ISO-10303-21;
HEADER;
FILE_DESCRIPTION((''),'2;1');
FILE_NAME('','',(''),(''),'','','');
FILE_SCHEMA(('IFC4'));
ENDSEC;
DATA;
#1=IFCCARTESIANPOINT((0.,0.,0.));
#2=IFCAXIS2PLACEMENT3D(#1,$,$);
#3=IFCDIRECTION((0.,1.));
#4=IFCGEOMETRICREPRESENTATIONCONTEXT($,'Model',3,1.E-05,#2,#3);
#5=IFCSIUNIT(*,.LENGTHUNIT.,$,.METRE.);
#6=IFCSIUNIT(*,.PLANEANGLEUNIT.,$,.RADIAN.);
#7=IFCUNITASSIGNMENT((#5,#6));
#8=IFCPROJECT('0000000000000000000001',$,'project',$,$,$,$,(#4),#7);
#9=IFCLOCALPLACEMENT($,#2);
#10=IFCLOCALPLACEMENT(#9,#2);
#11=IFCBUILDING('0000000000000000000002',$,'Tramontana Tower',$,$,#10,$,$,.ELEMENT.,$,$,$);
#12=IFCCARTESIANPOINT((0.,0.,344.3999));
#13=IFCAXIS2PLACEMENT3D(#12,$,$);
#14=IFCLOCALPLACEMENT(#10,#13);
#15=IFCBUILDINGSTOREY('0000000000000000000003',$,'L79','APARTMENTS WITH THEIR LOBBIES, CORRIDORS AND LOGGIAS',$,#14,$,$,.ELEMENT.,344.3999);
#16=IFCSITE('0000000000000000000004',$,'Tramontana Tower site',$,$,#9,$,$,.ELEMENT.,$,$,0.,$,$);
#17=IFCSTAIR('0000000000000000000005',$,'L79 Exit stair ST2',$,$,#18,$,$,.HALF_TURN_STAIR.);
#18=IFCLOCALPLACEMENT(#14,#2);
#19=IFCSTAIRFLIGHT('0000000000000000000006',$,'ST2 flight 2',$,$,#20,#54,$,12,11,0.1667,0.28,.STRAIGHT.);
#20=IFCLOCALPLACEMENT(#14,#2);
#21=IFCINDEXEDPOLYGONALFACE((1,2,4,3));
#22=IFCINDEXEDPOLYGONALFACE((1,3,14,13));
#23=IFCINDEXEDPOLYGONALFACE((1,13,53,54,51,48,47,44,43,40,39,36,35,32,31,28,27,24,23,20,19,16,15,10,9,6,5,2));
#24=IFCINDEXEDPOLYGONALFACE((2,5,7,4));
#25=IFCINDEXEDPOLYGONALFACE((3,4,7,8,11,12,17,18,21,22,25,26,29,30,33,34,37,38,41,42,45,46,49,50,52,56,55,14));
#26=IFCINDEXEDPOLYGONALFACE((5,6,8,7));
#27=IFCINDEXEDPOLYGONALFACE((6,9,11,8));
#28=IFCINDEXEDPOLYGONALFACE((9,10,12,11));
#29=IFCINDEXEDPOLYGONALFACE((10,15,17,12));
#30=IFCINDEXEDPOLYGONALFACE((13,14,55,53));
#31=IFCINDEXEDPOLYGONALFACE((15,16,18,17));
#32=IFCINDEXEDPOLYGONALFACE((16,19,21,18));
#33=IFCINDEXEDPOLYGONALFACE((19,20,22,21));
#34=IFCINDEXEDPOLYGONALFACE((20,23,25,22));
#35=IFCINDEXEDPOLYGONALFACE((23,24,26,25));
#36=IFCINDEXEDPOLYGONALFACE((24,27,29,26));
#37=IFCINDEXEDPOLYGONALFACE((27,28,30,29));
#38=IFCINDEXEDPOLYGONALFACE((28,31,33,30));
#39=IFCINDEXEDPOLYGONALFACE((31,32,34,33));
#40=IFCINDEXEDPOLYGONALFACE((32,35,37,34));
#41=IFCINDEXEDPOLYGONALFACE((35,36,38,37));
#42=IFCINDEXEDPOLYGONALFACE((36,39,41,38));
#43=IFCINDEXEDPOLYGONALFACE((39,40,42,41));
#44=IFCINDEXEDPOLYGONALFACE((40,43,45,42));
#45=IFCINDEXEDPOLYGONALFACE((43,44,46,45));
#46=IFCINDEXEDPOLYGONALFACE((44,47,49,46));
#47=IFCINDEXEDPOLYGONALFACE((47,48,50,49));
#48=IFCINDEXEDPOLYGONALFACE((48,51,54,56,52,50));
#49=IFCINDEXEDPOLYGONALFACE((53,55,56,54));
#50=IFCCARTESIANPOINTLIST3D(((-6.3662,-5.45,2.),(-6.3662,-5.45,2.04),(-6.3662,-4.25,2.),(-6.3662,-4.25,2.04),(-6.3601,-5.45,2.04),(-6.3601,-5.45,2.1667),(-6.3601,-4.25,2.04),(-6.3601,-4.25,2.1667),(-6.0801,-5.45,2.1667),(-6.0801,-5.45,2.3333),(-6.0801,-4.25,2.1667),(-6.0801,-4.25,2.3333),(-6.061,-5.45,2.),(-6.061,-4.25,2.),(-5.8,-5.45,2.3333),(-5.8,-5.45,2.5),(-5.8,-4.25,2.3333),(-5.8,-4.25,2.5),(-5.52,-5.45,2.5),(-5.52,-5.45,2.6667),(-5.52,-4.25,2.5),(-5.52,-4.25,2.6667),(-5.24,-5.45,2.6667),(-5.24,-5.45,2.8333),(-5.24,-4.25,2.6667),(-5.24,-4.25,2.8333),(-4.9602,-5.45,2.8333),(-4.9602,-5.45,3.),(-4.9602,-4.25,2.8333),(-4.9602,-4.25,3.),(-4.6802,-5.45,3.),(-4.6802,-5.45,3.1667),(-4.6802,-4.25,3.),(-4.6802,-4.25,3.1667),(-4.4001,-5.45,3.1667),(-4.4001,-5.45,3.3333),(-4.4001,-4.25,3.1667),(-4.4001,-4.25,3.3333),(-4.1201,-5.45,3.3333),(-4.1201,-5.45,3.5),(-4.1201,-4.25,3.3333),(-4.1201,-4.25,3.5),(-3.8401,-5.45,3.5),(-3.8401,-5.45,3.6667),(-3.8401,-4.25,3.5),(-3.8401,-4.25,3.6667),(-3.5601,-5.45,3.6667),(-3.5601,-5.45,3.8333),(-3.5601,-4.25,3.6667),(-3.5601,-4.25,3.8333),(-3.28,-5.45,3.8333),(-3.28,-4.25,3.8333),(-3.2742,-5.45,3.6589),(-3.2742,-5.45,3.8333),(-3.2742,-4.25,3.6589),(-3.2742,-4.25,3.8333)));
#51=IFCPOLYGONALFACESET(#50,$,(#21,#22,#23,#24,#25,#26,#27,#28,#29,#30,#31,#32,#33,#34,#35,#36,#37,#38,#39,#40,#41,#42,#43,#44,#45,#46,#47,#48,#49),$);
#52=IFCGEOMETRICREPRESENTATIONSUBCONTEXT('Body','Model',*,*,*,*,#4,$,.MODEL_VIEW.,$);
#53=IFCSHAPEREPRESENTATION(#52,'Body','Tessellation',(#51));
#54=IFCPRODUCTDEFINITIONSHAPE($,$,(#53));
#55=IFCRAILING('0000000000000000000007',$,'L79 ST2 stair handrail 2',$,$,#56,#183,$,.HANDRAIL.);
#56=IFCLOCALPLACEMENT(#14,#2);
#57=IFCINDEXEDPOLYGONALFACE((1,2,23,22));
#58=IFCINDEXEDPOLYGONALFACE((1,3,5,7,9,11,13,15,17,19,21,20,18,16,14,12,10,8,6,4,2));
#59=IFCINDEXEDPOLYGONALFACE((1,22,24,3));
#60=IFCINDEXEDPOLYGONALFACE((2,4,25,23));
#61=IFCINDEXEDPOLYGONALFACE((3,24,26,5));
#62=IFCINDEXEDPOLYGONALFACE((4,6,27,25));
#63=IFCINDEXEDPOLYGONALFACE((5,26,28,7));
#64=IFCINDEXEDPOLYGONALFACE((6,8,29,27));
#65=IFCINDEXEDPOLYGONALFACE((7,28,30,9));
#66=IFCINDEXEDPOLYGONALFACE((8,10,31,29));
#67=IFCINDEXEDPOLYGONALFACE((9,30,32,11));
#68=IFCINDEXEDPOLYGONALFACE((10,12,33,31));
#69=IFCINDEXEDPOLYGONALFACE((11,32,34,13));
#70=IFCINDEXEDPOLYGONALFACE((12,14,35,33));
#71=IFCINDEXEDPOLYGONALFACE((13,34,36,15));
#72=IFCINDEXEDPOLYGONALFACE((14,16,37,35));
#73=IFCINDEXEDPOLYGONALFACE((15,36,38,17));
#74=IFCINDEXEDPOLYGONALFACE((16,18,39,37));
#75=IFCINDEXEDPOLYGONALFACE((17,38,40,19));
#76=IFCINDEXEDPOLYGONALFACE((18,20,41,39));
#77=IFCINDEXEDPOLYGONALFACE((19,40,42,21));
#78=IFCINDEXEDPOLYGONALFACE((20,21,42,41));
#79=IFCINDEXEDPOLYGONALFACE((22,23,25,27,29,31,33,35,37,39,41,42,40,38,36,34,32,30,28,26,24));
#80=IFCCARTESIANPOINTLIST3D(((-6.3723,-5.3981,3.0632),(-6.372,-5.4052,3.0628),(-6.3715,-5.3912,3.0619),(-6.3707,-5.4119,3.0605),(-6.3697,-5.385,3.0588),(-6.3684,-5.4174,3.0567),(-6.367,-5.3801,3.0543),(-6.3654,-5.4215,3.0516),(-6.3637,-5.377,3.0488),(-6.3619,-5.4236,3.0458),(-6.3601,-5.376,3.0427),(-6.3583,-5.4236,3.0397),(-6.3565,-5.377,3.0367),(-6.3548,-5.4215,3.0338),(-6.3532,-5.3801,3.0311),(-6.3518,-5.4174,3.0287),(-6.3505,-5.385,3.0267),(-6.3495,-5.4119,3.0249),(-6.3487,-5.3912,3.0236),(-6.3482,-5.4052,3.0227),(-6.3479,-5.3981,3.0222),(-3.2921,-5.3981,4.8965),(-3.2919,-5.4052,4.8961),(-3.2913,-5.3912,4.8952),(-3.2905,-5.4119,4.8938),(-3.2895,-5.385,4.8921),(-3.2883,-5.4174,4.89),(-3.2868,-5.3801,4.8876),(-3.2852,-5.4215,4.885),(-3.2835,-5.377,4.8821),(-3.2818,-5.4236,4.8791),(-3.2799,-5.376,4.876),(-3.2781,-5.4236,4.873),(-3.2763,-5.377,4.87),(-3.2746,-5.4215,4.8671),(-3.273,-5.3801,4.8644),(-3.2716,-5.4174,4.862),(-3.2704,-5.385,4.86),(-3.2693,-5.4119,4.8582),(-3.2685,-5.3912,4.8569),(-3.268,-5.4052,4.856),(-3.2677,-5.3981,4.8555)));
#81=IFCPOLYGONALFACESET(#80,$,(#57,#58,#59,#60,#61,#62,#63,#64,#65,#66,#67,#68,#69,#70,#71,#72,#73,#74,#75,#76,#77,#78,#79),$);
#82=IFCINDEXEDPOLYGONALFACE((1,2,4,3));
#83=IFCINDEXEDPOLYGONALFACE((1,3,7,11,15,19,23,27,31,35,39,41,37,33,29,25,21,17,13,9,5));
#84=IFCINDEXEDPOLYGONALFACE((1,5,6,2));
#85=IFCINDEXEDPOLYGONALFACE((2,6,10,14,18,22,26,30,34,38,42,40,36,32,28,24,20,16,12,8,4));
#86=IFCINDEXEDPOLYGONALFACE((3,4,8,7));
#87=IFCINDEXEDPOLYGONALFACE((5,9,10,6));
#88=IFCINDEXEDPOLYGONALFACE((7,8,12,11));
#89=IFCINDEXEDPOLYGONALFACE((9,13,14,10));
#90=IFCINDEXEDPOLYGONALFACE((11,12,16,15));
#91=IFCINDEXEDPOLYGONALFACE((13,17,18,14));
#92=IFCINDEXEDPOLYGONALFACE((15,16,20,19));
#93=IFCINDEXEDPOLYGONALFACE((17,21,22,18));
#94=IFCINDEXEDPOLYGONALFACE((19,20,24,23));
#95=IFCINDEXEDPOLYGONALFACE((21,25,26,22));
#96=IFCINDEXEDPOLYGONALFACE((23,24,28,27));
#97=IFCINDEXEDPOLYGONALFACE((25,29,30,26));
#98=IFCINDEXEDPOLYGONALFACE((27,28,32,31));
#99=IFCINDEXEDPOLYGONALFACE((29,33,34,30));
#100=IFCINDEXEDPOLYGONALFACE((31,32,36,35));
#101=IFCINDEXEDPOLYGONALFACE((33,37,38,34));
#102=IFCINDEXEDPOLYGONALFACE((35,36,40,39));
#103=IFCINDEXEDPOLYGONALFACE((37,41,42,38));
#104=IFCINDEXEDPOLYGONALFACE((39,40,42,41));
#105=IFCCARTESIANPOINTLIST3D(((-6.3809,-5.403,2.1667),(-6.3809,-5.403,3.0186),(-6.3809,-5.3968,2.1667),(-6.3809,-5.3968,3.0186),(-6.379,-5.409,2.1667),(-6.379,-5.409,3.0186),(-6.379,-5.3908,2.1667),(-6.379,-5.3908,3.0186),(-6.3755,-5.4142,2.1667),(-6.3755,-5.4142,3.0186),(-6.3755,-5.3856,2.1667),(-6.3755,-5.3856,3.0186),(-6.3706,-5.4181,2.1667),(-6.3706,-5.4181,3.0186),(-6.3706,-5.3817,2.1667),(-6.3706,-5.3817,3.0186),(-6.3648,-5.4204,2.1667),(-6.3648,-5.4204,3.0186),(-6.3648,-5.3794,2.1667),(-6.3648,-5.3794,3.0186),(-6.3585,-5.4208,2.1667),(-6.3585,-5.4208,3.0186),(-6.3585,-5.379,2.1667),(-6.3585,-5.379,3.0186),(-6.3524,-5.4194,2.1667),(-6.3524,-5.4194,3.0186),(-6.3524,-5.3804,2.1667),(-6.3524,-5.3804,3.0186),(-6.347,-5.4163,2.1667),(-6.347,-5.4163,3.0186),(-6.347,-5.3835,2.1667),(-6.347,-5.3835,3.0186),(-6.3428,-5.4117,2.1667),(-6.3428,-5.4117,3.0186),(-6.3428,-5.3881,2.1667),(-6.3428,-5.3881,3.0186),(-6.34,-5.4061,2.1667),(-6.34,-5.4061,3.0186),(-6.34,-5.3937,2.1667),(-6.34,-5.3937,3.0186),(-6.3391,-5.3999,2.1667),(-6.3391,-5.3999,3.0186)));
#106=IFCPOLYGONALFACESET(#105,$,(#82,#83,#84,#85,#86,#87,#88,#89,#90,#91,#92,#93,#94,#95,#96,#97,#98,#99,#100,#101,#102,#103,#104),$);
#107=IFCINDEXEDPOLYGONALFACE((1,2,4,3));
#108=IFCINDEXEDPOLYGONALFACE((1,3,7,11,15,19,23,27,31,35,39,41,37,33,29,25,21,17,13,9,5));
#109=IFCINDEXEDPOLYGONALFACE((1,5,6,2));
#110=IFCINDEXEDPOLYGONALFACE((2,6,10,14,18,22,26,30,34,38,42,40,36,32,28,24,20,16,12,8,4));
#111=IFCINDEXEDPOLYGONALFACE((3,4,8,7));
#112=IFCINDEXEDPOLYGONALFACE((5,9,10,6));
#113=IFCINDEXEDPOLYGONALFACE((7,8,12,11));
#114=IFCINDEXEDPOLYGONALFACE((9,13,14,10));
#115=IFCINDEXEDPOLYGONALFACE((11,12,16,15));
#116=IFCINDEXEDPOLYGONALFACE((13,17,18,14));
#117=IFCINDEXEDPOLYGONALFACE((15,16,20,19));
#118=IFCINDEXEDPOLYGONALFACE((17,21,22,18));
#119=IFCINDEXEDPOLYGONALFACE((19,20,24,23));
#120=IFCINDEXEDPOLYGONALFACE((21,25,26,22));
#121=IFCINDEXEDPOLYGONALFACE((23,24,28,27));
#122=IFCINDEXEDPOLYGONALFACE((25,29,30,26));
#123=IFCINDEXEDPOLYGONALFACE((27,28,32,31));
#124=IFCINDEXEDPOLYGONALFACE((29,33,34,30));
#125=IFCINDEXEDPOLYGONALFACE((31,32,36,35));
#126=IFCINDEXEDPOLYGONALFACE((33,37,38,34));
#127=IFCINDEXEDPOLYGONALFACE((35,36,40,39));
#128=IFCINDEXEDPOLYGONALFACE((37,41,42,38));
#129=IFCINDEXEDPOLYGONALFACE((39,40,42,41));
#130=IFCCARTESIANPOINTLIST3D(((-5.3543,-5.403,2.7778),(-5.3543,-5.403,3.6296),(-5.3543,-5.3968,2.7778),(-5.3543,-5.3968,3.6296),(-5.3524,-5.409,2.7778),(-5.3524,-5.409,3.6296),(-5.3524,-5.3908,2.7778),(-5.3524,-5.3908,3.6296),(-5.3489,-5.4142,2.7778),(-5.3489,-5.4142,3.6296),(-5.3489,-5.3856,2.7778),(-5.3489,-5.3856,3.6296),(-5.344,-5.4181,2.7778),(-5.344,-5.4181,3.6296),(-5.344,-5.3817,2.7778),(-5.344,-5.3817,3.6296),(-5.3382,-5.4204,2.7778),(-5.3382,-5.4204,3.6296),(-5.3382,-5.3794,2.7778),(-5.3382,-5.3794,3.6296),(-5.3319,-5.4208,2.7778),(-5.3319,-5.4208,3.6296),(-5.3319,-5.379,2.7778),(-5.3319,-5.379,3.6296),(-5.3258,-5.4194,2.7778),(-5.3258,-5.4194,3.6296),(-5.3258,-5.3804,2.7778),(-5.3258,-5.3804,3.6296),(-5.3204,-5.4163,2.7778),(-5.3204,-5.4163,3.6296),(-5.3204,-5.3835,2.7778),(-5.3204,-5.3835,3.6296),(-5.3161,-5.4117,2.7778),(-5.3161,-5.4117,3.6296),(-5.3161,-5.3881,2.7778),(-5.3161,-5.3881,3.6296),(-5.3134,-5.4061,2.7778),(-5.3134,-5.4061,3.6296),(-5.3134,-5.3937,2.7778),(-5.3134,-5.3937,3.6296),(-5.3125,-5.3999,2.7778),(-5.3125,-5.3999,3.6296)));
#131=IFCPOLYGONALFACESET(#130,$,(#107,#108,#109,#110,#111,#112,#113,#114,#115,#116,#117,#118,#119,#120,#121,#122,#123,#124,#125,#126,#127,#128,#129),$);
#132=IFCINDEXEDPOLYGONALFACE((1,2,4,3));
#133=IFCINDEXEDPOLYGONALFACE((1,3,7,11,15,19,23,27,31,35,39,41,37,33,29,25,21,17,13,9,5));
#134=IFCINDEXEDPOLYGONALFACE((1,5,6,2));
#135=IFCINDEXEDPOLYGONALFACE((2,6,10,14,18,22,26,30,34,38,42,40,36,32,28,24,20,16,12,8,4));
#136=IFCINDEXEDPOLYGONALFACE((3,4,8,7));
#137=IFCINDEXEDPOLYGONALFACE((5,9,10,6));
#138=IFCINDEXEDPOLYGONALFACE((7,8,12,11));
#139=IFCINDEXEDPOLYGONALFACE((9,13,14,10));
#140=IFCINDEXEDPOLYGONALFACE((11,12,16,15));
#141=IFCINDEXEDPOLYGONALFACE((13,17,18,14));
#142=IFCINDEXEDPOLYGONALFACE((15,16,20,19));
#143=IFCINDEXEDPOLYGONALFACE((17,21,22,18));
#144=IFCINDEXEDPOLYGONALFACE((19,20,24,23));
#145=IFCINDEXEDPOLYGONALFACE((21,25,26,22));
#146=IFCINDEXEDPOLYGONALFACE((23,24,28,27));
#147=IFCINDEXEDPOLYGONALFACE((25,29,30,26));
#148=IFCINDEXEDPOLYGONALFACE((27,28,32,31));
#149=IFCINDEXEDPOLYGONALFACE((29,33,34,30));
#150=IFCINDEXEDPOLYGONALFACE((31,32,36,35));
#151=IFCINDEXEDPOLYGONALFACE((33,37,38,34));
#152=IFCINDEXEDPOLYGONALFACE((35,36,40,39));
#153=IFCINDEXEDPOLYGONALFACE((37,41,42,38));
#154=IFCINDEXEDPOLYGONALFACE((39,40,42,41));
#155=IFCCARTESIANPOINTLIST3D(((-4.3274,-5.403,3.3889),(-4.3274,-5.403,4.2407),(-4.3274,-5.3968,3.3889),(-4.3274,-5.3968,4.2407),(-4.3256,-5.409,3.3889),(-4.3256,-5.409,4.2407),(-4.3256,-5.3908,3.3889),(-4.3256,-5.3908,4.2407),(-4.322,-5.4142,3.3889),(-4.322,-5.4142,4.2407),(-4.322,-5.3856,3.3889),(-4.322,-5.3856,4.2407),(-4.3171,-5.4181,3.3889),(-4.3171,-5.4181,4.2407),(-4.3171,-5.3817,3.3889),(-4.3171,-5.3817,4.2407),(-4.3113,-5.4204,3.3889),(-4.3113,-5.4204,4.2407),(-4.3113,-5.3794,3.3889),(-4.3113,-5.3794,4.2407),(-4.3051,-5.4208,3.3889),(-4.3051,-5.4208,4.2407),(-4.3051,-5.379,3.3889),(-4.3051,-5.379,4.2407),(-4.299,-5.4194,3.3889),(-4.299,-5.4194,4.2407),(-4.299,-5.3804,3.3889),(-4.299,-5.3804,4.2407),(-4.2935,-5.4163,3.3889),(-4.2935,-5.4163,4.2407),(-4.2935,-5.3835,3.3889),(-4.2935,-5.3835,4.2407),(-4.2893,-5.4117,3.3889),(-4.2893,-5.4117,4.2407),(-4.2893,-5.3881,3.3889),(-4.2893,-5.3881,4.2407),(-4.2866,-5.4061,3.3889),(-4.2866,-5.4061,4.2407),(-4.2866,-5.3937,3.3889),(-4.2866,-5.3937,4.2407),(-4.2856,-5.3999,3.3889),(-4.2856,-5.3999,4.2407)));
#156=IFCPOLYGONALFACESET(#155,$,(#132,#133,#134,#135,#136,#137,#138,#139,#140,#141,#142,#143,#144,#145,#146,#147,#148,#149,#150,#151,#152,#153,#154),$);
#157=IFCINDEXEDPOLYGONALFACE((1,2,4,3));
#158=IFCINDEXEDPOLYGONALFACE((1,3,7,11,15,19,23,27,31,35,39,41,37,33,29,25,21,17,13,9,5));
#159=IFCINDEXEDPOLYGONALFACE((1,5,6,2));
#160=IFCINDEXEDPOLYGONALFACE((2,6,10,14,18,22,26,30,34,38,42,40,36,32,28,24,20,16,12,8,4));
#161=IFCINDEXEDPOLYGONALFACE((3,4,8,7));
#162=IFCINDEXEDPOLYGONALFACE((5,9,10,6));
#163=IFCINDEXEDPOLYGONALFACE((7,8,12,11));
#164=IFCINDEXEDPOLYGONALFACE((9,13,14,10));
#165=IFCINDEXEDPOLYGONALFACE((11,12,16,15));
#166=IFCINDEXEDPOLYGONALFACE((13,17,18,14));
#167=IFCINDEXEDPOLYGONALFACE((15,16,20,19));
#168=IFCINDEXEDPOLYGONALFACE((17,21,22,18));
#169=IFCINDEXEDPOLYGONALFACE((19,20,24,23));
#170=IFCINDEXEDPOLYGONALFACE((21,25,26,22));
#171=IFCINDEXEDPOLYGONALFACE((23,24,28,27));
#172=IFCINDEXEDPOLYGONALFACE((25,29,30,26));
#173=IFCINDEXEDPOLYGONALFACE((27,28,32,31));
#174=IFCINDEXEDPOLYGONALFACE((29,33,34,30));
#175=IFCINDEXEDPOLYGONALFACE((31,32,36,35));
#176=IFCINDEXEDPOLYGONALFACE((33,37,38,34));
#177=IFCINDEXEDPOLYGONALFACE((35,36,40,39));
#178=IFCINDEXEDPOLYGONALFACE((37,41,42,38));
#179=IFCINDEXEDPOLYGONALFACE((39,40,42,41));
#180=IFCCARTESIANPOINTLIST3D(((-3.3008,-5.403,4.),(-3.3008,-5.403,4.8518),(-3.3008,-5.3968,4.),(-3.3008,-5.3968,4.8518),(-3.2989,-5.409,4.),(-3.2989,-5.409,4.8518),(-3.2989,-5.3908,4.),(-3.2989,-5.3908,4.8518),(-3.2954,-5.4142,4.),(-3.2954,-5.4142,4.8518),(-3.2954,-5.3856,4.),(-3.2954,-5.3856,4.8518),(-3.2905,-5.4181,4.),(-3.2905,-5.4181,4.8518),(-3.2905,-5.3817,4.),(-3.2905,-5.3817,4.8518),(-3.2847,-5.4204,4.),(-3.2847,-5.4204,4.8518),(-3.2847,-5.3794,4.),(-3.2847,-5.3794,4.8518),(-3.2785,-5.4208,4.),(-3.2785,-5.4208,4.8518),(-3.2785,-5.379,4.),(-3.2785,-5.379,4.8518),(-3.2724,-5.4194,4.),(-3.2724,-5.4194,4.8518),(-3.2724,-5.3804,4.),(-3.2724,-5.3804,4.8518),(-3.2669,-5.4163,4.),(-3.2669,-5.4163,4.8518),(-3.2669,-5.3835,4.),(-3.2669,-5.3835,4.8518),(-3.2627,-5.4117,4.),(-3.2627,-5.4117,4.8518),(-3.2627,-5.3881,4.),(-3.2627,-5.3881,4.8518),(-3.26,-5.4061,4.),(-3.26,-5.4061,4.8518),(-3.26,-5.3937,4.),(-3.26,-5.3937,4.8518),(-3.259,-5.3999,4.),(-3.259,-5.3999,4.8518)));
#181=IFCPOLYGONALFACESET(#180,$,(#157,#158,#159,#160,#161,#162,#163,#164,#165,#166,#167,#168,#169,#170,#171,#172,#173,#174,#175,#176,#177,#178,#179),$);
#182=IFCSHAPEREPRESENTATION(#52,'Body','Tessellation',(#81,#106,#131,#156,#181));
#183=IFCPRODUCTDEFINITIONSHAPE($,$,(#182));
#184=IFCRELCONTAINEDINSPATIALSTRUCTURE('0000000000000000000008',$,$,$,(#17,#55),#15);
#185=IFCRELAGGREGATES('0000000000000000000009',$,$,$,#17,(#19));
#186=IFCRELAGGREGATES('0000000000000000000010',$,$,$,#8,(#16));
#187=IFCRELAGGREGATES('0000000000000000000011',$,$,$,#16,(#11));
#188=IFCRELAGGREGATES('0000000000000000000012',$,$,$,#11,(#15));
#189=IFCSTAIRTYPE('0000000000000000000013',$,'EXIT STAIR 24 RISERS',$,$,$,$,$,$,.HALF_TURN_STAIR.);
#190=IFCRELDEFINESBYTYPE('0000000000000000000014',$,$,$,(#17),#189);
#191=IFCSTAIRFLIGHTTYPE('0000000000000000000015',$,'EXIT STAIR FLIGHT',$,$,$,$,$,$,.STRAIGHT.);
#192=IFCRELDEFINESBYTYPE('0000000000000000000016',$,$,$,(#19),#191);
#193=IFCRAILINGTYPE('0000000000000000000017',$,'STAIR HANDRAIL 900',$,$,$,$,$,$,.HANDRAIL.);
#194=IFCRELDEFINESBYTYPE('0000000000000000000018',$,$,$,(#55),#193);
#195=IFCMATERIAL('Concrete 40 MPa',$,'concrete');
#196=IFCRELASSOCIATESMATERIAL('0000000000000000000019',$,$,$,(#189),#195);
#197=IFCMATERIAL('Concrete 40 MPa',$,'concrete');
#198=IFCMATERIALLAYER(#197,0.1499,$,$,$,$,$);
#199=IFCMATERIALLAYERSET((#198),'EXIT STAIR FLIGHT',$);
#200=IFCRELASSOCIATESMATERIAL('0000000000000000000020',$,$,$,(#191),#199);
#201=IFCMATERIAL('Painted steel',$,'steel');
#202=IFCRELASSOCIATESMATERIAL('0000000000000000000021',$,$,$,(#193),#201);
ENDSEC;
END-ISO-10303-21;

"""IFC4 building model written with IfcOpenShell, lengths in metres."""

from ifc_helpers import new_model, si_unit, direction, frame, origin, origin_2d, place, context, subcontext, project, spatial, polyline, circle, outline, extrude, material, layer, layer_set, type_object, element, aggregate, save


model = new_model("IFC4")

# Units and contexts
model_context = context("Model", 3, precision=1e-05, world=origin(), true_north=direction((0.0, 1.0)))
body_context = subcontext(model_context, "Body", "Model", "MODEL_VIEW")
ifc_project = project(units=[si_unit("LENGTHUNIT", "METRE"), si_unit("PLANEANGLEUNIT", "RADIAN")], contexts=[model_context])

# Site, building, storey
site_placement = place(None, origin())
site = spatial("IfcSite", under=ifc_project, at=site_placement, Name="Tramontana Tower site", CompositionType="ELEMENT", RefElevation=0.0)
building_placement = place(site_placement, origin())
building = spatial("IfcBuilding", under=site, at=building_placement, Name="Tramontana Tower", CompositionType="ELEMENT")
storey_placement = place(building_placement, frame((0.0, 0.0, 344.3999)))
storey = spatial("IfcBuildingStorey", under=building, at=storey_placement, Name="L79", Description="APARTMENTS WITH THEIR LOBBIES, CORRIDORS AND LOGGIAS", CompositionType="ELEMENT", Elevation=344.3999)

# Stair, stair flight
ifc_material_1 = material(Name="Concrete 40 MPa", Category="concrete")
stair_type = type_object("IfcStairType", Name="EXIT STAIR 24 RISERS", PredefinedType="HALF_TURN_STAIR", material=ifc_material_1)
stair_placement = place(storey_placement, origin())
stair = element("IfcStair", 1, at=stair_placement, inside=storey, type_object=stair_type, Name="L79 Exit stair ST2", PredefinedType="HALF_TURN_STAIR")
ifc_material_2 = material(Name="Concrete 40 MPa", Category="concrete")
ifc_layer_1 = layer(ifc_material_2, 0.1499)
ifc_layer_set_1 = layer_set([ifc_layer_1], Name="EXIT STAIR FLIGHT")
stair_flight_type = type_object("IfcStairFlightType", Name="EXIT STAIR FLIGHT", PredefinedType="STRAIGHT", material=ifc_layer_set_1)
stair_flight_placement = place(storey_placement, frame((-6.3601, -4.8501, 2.0), z_axis=(0.0, 0.0, 1.0), x_axis=(1.0, 0.0, 0.0)))
stair_flight = element("IfcStairFlight", 2, at=stair_flight_placement, type_object=stair_flight_type, Name="ST2 flight 2", NumberOfRisers=12, NumberOfTreads=11, PredefinedType="STRAIGHT", RiserHeight=0.1667, TreadLength=0.28, context=body_context, shape_type="SweptSolid", body=[
    extrude(outline(polyline([(-0.0061, 0.0), (-0.0061, 0.04), (0.0, 0.04), (0.0, 0.1667), (0.28, 0.1667), (0.28, 0.3333), (0.5601, 0.3333), (0.5601, 0.5), (0.8401, 0.5), (0.8401, 0.6667), (1.1201, 0.6667), (1.1201, 0.8333), (1.3999, 0.8333), (1.3999, 1.0), (1.6799, 1.0), (1.6799, 1.1667), (1.96, 1.1667), (1.96, 1.3333), (2.24, 1.3333), (2.24, 1.5), (2.52, 1.5), (2.52, 1.6667), (2.8, 1.6667), (2.8, 1.8333), (3.0801, 1.8333), (3.0859, 1.8333), (3.0859, 1.6589), (0.2991, 0.0), (-0.0061, 0.0)])), frame((0.0, 0.6001, 0.0), z_axis=(0.0, -1.0, 0.0), x_axis=(1.0, 0.0, 0.0)), (0.0, 0.0, 1.0), 1.2),
])
aggregate(stair, [stair_flight])

# Railing
ifc_material_3 = material(Name="Painted steel", Category="steel")
railing_type = type_object("IfcRailingType", Name="STAIR HANDRAIL 900", PredefinedType="HANDRAIL", material=ifc_material_3)
railing_placement = place(storey_placement, frame((-6.3601, -5.3999, 2.1667)))
element("IfcRailing", 3, at=railing_placement, inside=storey, type_object=railing_type, Name="L79 ST2 stair handrail 2", PredefinedType="HANDRAIL", context=body_context, shape_type="SweptSolid", body=[
    extrude(circle(Radius=0.0239, at=origin_2d()), frame((0.0, 0.0, 0.876), z_axis=(0.859309, 0.0, 0.511458), x_axis=(0.0, 1.0, 0.0)), (0.0, 0.0, 1.0), 3.5845),
    extrude(circle(Radius=0.021, at=origin_2d()), origin(), (0.0, 0.0, 1.0), 0.8518),
    extrude(circle(Radius=0.021, at=origin_2d()), frame((1.0266, 0.0, 0.6111)), (0.0, 0.0, 1.0), 0.8518),
    extrude(circle(Radius=0.021, at=origin_2d()), frame((2.0535, 0.0, 1.2222)), (0.0, 0.0, 1.0), 0.8518),
    extrude(circle(Radius=0.021, at=origin_2d()), frame((3.0801, 0.0, 1.8333)), (0.0, 0.0, 1.0), 0.8518),
])

save(model, "model.ifc")
